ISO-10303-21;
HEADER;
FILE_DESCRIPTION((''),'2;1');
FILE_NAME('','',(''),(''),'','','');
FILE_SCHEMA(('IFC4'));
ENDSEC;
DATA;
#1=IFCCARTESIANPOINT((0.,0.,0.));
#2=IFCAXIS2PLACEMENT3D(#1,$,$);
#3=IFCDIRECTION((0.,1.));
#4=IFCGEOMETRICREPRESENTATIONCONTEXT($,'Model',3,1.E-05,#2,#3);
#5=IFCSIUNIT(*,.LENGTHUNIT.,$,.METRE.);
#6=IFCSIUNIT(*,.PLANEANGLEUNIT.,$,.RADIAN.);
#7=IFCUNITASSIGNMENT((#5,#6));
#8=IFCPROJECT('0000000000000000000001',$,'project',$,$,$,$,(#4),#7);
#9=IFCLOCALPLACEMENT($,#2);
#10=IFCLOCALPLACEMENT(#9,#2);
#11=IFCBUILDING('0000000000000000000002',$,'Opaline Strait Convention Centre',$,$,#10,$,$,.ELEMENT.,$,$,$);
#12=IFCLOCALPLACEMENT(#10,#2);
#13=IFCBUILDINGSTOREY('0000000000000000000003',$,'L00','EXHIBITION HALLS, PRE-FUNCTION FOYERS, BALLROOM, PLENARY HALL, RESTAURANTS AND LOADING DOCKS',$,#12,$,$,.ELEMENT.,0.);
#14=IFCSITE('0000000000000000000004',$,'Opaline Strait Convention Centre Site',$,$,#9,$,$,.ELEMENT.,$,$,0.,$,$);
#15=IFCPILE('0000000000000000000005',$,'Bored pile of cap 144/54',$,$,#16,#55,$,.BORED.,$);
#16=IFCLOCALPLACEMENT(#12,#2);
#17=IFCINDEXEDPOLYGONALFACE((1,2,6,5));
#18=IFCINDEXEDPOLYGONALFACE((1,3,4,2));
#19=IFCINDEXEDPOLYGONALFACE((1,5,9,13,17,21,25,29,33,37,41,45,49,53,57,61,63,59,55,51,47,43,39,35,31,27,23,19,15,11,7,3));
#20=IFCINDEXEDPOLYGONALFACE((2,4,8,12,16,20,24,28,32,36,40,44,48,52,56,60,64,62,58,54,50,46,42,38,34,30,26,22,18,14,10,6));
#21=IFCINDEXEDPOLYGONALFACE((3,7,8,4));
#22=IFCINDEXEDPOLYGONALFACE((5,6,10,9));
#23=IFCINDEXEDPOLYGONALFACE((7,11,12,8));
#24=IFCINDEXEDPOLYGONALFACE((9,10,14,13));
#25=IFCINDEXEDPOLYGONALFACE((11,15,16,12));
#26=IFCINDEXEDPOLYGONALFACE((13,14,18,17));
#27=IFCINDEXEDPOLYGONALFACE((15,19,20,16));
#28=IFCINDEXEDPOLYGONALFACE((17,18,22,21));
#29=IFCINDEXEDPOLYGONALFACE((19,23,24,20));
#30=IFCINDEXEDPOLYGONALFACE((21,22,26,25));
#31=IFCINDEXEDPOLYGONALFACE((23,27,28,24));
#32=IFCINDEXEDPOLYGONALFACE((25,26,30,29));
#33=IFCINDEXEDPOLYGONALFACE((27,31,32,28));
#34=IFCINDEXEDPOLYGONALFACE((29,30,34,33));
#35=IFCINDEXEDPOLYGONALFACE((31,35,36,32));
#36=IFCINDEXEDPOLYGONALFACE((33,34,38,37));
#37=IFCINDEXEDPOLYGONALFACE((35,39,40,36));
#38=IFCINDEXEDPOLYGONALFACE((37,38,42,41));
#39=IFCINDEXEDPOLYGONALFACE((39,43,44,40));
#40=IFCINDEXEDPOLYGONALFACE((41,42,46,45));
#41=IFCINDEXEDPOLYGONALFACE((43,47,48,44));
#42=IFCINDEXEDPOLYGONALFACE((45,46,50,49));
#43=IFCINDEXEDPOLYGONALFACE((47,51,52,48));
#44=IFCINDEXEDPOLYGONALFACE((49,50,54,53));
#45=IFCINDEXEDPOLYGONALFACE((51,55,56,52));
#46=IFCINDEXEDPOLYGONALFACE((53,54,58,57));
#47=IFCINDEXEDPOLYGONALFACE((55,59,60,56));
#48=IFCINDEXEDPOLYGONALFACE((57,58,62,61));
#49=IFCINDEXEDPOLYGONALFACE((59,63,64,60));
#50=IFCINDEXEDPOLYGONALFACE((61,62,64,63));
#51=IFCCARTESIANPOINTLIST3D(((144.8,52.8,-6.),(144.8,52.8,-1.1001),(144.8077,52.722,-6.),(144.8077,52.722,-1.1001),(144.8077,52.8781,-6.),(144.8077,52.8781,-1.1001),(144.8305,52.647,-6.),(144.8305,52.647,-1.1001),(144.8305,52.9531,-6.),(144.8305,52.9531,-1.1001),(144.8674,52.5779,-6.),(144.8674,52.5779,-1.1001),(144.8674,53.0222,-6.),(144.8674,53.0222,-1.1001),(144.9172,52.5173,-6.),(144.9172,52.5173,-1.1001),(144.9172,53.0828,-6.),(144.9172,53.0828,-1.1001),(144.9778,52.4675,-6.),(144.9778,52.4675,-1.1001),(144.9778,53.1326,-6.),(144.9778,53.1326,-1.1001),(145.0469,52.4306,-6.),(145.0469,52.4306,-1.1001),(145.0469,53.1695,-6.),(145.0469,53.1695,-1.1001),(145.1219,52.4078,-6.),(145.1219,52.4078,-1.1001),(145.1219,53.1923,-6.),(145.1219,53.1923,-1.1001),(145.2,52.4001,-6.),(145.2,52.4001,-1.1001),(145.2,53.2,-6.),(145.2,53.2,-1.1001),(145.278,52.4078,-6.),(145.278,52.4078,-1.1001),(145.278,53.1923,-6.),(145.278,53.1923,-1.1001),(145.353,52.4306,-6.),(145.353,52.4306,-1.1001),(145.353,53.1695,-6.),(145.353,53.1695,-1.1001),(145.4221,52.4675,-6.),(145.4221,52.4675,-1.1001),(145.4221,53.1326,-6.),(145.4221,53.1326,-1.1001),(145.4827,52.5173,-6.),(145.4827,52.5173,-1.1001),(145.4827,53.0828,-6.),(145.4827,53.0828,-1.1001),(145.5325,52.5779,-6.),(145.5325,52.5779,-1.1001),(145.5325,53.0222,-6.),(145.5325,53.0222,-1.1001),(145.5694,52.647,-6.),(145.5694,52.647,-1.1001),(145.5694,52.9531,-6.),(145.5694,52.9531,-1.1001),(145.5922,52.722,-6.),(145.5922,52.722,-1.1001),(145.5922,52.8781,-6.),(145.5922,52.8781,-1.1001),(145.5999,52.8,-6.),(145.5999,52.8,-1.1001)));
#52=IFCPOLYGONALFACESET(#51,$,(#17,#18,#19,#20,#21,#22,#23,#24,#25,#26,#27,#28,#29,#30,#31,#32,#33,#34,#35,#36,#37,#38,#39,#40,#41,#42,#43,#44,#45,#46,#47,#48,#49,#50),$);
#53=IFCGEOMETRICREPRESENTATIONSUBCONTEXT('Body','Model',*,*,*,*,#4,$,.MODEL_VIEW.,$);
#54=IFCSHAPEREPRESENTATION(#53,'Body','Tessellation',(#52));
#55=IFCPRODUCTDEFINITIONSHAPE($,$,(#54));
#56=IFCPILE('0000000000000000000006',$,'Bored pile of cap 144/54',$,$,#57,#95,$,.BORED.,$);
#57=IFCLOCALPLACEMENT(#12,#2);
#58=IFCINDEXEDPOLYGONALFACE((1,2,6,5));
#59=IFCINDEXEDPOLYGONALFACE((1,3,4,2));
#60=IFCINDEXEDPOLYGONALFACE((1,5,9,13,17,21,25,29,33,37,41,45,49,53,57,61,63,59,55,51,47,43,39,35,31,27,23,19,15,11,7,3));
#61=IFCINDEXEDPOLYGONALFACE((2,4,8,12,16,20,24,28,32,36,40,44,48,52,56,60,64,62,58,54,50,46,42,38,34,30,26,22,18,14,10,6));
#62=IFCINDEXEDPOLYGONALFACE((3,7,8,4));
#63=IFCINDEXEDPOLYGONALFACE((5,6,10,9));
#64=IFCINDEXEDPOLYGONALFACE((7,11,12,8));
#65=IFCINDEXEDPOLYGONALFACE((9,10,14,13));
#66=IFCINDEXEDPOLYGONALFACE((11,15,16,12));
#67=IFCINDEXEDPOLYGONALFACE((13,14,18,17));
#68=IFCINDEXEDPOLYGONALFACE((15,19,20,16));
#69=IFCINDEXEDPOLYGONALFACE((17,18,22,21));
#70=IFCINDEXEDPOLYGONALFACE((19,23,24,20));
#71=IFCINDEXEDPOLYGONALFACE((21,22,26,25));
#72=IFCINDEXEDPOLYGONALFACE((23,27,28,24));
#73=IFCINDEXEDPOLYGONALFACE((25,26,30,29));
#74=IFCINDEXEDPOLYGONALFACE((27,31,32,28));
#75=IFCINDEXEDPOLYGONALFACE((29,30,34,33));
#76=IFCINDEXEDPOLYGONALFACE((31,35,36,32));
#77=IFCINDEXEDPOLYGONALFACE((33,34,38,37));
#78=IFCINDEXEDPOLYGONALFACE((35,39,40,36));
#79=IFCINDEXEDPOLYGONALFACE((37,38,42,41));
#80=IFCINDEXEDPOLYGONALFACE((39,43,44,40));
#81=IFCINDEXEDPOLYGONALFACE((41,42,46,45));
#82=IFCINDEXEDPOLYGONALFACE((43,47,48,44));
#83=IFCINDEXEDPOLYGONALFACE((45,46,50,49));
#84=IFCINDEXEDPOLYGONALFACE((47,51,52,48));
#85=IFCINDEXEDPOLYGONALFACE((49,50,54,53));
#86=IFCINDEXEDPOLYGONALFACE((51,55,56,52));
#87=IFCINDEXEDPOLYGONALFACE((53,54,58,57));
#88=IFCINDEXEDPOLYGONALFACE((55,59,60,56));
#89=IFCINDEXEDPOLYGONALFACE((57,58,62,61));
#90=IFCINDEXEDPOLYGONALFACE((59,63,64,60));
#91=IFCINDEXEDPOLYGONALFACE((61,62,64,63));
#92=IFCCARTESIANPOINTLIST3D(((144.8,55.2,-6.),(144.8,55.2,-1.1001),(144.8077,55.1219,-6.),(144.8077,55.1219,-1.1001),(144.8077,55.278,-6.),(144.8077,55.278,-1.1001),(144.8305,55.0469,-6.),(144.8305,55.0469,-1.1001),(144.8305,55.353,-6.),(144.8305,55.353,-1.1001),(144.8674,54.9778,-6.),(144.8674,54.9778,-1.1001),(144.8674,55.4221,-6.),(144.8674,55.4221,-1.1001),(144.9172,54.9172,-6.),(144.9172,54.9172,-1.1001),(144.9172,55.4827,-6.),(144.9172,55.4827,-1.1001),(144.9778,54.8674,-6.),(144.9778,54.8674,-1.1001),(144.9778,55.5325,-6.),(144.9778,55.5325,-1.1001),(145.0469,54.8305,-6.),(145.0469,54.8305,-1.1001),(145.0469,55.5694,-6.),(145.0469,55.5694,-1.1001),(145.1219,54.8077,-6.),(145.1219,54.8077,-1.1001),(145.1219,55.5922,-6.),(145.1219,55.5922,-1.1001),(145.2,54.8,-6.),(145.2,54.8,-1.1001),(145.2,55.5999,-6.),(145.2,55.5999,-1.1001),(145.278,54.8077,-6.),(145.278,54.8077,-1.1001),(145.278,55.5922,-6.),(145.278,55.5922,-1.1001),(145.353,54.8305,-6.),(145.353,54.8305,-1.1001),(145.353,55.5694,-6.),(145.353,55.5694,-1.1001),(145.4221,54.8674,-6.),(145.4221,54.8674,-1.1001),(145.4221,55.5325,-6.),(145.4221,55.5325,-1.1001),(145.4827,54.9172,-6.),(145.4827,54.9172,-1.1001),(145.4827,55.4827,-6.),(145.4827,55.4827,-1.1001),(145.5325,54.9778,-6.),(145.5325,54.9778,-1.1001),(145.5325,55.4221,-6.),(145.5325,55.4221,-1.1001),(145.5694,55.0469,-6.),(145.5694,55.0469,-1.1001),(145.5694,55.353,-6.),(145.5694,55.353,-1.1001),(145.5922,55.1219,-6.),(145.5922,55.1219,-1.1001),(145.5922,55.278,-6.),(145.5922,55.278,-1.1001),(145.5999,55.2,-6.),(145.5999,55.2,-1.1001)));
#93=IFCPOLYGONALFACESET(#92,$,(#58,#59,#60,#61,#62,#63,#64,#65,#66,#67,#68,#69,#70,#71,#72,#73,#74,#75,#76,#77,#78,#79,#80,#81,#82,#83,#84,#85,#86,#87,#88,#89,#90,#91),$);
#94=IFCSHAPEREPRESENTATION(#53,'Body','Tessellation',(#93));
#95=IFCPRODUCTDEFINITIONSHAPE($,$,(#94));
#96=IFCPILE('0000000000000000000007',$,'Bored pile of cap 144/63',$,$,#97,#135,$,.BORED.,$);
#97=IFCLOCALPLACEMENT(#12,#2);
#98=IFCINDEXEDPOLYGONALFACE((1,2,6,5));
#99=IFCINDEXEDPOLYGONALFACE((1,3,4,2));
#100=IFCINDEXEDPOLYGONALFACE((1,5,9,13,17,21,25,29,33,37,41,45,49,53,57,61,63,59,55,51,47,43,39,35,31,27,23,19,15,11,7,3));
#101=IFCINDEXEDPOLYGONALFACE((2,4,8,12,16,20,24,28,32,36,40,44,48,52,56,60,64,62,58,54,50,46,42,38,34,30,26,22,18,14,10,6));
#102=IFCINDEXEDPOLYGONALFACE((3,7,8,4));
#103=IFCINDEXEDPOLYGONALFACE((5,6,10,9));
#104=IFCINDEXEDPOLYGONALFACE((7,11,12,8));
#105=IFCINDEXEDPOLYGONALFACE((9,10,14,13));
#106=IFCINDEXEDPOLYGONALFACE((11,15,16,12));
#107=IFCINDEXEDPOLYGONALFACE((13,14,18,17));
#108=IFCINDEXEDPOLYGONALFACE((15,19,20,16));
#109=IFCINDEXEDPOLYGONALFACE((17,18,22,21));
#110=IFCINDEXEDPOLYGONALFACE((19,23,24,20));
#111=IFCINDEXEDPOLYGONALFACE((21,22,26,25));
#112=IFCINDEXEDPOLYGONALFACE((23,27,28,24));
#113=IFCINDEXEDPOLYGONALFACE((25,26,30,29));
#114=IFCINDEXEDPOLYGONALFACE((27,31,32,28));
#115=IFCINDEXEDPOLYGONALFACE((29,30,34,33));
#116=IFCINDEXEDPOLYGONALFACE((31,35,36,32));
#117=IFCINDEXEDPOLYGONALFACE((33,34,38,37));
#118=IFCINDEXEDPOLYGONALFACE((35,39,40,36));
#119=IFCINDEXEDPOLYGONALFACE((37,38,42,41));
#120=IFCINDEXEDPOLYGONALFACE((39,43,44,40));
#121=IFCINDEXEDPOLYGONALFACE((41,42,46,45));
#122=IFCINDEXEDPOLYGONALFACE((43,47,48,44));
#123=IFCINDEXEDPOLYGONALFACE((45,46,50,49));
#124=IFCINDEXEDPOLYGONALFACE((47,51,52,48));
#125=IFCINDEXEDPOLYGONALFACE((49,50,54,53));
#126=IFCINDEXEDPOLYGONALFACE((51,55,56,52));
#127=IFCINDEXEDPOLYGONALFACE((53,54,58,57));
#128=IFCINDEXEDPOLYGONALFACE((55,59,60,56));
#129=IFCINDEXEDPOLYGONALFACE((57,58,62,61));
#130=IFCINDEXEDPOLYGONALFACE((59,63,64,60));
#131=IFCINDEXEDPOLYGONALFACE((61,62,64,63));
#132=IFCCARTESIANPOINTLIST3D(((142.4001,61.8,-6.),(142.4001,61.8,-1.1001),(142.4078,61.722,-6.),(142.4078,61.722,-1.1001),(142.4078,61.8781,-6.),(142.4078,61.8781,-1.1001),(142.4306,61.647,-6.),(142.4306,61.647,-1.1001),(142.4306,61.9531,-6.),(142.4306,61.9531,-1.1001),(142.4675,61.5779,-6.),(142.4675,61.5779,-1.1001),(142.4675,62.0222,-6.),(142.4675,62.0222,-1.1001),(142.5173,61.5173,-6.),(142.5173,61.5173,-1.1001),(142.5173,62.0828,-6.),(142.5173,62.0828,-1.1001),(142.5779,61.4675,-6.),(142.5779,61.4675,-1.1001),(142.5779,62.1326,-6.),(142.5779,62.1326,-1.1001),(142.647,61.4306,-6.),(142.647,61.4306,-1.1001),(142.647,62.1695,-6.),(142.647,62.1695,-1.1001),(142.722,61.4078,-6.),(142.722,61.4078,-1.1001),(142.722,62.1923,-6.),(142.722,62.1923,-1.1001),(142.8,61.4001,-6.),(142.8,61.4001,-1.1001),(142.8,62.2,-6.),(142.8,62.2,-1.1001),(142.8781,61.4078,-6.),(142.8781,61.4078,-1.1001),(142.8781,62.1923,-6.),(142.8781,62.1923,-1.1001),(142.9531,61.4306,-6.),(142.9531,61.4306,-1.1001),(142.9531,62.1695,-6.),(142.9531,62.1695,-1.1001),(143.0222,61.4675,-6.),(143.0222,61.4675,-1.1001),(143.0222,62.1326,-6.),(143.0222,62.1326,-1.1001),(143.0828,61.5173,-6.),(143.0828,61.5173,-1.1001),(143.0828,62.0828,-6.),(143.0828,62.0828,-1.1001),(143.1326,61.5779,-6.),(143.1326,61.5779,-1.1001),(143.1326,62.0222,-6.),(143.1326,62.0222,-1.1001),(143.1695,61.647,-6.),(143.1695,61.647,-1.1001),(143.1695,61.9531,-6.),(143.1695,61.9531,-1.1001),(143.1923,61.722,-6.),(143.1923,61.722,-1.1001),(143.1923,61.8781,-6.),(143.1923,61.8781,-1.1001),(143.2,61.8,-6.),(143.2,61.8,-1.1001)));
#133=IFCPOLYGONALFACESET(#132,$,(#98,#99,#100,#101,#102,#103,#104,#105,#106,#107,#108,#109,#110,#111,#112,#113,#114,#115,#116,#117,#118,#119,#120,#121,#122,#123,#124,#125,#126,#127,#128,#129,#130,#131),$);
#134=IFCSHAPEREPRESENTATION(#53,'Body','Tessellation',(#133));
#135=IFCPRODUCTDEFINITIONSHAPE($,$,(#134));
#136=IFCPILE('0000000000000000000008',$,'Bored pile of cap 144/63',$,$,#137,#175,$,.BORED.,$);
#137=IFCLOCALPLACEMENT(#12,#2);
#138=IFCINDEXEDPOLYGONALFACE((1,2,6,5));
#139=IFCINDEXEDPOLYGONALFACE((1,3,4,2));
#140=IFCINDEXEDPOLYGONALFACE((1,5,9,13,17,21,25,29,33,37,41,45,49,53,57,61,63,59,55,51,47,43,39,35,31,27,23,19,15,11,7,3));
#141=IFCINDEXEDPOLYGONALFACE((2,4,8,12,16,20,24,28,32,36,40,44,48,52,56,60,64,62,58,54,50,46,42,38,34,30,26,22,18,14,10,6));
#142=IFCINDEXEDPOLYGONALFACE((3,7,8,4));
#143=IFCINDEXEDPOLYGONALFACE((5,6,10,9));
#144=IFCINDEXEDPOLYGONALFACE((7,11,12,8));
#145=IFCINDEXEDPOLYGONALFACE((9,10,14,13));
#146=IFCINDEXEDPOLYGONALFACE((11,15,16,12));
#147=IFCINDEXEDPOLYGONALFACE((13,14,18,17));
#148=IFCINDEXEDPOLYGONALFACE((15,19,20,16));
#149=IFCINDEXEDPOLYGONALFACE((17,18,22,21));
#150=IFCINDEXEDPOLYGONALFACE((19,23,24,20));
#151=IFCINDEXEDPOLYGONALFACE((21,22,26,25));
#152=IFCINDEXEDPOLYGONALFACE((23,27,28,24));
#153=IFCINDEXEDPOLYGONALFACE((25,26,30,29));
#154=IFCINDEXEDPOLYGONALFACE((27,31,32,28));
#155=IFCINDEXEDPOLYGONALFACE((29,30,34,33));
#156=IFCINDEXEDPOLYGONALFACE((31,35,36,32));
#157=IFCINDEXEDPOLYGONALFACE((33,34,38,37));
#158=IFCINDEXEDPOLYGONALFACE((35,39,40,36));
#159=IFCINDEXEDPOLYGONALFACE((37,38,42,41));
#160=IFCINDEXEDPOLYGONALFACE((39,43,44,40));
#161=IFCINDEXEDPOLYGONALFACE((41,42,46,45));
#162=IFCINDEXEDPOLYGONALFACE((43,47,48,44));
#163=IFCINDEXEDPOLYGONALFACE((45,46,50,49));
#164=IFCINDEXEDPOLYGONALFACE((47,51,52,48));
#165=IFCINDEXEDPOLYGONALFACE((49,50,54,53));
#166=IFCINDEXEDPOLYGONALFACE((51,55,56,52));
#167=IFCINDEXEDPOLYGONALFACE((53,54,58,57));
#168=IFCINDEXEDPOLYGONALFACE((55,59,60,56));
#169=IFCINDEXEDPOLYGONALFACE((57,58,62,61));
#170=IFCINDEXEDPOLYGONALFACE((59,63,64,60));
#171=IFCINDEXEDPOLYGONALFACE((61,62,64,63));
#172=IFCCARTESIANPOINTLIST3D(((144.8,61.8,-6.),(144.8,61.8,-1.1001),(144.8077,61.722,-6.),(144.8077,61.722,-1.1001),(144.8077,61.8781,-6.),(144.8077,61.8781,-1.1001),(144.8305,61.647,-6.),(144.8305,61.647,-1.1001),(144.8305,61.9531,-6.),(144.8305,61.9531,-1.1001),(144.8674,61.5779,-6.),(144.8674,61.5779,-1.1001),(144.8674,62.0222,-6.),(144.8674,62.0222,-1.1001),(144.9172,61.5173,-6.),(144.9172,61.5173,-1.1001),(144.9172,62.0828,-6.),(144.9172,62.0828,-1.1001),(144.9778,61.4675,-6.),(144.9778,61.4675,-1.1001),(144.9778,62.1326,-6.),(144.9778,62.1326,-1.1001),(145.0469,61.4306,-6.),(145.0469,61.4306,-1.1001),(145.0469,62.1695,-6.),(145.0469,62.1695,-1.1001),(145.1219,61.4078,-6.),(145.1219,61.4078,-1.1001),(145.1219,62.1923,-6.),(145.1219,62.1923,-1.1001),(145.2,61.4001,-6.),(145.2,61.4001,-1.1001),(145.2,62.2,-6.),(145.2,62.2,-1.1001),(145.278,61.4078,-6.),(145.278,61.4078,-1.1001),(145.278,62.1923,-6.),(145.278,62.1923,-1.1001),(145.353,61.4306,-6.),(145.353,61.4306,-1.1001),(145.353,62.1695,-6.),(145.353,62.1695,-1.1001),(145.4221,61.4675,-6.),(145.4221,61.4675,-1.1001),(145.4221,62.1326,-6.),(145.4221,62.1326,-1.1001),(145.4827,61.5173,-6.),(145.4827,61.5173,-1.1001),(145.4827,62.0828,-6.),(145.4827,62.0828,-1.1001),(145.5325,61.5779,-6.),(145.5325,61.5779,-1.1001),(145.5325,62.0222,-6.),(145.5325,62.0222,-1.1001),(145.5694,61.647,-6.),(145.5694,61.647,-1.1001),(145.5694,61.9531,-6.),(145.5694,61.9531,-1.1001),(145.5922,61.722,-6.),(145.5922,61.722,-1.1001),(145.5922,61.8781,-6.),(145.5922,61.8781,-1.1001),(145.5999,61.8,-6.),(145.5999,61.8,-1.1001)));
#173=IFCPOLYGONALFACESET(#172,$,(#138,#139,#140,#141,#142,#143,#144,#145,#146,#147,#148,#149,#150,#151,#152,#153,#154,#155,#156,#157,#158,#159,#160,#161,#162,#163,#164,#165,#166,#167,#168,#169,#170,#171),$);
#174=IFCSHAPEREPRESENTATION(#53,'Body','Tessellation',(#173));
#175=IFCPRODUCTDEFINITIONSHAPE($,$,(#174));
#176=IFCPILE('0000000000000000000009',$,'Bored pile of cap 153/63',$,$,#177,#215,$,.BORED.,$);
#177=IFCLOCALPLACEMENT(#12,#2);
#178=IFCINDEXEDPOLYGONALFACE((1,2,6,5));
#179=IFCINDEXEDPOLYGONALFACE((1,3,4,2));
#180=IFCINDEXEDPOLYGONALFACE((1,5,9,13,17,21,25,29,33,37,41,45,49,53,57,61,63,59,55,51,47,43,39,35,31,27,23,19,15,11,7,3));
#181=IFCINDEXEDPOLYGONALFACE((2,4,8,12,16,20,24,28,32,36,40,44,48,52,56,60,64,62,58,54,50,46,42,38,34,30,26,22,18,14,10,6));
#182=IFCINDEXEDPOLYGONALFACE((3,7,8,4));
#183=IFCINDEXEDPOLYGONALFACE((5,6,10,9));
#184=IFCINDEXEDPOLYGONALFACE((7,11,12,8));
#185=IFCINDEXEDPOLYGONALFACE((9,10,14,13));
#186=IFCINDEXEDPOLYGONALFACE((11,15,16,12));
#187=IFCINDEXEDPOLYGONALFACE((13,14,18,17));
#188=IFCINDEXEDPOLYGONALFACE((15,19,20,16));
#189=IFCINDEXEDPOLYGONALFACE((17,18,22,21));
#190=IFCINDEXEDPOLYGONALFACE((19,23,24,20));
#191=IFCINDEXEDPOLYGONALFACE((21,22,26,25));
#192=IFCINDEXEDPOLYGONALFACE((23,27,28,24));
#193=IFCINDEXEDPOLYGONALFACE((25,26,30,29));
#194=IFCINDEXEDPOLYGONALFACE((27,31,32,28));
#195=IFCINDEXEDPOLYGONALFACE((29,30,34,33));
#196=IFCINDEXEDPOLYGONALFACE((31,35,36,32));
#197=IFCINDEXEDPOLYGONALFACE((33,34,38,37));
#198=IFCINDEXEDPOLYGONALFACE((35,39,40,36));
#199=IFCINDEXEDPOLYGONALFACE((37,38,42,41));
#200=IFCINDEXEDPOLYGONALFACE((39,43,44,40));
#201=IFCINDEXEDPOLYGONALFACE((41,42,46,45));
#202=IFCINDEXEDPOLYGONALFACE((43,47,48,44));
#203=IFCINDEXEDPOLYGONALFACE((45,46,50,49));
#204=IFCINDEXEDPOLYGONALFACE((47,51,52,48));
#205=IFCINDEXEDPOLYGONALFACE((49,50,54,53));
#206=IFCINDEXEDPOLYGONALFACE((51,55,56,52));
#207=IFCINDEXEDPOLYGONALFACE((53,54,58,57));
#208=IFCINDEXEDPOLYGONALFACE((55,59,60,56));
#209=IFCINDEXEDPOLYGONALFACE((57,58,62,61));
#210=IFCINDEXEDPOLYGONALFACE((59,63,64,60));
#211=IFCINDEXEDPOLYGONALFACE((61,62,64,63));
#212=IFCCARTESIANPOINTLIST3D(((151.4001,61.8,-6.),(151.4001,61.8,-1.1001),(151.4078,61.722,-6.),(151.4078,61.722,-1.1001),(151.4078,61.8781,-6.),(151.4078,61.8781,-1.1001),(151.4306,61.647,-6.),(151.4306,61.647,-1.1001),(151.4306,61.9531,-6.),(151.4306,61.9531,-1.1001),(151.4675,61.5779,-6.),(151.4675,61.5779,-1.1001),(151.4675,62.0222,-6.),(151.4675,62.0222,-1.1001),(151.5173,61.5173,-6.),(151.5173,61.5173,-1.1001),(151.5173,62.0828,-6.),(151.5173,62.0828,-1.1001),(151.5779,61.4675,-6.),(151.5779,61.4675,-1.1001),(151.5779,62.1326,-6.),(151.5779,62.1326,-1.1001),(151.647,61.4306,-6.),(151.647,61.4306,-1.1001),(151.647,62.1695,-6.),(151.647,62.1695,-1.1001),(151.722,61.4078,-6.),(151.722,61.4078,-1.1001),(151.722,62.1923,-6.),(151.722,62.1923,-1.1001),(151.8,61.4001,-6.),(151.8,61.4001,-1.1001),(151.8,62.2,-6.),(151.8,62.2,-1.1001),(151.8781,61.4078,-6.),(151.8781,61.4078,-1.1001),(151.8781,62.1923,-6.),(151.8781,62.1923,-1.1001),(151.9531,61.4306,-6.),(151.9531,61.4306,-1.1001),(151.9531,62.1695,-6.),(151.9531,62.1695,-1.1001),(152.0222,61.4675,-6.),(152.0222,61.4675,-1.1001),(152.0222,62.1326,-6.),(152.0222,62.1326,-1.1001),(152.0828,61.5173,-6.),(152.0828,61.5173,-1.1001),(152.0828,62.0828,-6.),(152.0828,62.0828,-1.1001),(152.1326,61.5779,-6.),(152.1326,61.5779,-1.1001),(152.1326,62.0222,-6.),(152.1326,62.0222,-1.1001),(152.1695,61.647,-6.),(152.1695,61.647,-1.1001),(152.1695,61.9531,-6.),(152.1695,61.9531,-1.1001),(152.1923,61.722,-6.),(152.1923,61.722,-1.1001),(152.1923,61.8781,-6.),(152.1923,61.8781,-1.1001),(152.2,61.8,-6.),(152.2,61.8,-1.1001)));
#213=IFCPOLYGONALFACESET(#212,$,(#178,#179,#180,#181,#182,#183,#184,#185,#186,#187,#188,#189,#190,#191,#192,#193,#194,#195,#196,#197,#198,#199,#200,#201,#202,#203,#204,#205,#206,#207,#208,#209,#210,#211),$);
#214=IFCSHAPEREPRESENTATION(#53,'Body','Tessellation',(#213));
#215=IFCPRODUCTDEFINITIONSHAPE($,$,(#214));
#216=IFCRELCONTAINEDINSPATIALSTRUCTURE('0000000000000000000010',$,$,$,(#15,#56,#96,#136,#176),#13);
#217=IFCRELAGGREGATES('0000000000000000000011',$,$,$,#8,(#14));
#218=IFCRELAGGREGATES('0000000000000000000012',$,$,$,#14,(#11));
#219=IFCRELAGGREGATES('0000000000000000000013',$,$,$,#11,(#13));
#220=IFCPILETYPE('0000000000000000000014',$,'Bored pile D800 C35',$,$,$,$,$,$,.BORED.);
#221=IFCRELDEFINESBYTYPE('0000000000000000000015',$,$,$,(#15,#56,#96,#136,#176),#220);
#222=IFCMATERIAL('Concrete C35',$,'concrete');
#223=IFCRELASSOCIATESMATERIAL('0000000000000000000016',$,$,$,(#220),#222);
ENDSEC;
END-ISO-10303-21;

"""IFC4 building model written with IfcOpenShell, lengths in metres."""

from ifc_helpers import new_model, si_unit, direction, frame, origin, origin_2d, place, context, subcontext, project, spatial, circle, extrude, material, material_profile, profile_set, type_object, element, save


model = new_model("IFC4")

# Units and contexts
model_context = context("Model", 3, precision=1e-05, world=origin(), true_north=direction((0.0, 1.0)))
body_context = subcontext(model_context, "Body", "Model", "MODEL_VIEW")
ifc_project = project(units=[si_unit("LENGTHUNIT", "METRE"), si_unit("PLANEANGLEUNIT", "RADIAN")], contexts=[model_context])

# Site, building, storey
site_placement = place(None, origin())
site = spatial("IfcSite", under=ifc_project, at=site_placement, Name="Opaline Strait Convention Centre Site", CompositionType="ELEMENT", RefElevation=0.0)
building_placement = place(site_placement, origin())
building = spatial("IfcBuilding", under=site, at=building_placement, Name="Opaline Strait Convention Centre", CompositionType="ELEMENT")
storey_placement = place(building_placement, origin())
storey = spatial("IfcBuildingStorey", under=building, at=storey_placement, Name="L00", Description="EXHIBITION HALLS, PRE-FUNCTION FOYERS, BALLROOM, PLENARY HALL, RESTAURANTS AND LOADING DOCKS", CompositionType="ELEMENT", Elevation=0.0)

# Piles
ifc_material_1 = material(Name="Concrete C35", Category="concrete")
ifc_material_profile_1 = material_profile(ifc_material_1, circle(Radius=0.3999, at=origin_2d()), Name="D800")
ifc_profile_set_1 = profile_set([ifc_material_profile_1], Name="Concrete C35")
pile_type_1 = type_object("IfcPileType", Name="Bored pile D800 C35", PredefinedType="BORED", material=ifc_profile_set_1)
for number, where, z_axis, x_axis, name in (
    (1, (145.2, 52.8, -1.1001), (0.0, 0.0, -1.0), (1.0, 0.0, 0.0), "Bored pile of cap 144/54"),
    (2, (145.2, 55.2, -1.1001), (0.0, 0.0, -1.0), (1.0, 0.0, 0.0), "Bored pile of cap 144/54"),
    (3, (142.8, 61.8, -1.1001), (0.0, 0.0, -1.0), (1.0, 0.0, 0.0), "Bored pile of cap 144/63"),
    (4, (145.2, 61.8, -1.1001), (0.0, 0.0, -1.0), (1.0, 0.0, 0.0), "Bored pile of cap 144/63"),
    (5, (151.8, 61.8, -1.1001), (0.0, 0.0, -1.0), (1.0, 0.0, 0.0), "Bored pile of cap 153/63"),
):
    element("IfcPile", number, at=place(storey_placement, frame(where, z_axis=z_axis, x_axis=x_axis)), inside=storey, type_object=pile_type_1, Name=name, PredefinedType="BORED", context=body_context, shape_type="SweptSolid", body=[
        extrude(circle(Radius=0.3999, at=origin_2d()), origin(), (0.0, 0.0, 1.0), 4.8999),
    ])

save(model, "model.ifc")
